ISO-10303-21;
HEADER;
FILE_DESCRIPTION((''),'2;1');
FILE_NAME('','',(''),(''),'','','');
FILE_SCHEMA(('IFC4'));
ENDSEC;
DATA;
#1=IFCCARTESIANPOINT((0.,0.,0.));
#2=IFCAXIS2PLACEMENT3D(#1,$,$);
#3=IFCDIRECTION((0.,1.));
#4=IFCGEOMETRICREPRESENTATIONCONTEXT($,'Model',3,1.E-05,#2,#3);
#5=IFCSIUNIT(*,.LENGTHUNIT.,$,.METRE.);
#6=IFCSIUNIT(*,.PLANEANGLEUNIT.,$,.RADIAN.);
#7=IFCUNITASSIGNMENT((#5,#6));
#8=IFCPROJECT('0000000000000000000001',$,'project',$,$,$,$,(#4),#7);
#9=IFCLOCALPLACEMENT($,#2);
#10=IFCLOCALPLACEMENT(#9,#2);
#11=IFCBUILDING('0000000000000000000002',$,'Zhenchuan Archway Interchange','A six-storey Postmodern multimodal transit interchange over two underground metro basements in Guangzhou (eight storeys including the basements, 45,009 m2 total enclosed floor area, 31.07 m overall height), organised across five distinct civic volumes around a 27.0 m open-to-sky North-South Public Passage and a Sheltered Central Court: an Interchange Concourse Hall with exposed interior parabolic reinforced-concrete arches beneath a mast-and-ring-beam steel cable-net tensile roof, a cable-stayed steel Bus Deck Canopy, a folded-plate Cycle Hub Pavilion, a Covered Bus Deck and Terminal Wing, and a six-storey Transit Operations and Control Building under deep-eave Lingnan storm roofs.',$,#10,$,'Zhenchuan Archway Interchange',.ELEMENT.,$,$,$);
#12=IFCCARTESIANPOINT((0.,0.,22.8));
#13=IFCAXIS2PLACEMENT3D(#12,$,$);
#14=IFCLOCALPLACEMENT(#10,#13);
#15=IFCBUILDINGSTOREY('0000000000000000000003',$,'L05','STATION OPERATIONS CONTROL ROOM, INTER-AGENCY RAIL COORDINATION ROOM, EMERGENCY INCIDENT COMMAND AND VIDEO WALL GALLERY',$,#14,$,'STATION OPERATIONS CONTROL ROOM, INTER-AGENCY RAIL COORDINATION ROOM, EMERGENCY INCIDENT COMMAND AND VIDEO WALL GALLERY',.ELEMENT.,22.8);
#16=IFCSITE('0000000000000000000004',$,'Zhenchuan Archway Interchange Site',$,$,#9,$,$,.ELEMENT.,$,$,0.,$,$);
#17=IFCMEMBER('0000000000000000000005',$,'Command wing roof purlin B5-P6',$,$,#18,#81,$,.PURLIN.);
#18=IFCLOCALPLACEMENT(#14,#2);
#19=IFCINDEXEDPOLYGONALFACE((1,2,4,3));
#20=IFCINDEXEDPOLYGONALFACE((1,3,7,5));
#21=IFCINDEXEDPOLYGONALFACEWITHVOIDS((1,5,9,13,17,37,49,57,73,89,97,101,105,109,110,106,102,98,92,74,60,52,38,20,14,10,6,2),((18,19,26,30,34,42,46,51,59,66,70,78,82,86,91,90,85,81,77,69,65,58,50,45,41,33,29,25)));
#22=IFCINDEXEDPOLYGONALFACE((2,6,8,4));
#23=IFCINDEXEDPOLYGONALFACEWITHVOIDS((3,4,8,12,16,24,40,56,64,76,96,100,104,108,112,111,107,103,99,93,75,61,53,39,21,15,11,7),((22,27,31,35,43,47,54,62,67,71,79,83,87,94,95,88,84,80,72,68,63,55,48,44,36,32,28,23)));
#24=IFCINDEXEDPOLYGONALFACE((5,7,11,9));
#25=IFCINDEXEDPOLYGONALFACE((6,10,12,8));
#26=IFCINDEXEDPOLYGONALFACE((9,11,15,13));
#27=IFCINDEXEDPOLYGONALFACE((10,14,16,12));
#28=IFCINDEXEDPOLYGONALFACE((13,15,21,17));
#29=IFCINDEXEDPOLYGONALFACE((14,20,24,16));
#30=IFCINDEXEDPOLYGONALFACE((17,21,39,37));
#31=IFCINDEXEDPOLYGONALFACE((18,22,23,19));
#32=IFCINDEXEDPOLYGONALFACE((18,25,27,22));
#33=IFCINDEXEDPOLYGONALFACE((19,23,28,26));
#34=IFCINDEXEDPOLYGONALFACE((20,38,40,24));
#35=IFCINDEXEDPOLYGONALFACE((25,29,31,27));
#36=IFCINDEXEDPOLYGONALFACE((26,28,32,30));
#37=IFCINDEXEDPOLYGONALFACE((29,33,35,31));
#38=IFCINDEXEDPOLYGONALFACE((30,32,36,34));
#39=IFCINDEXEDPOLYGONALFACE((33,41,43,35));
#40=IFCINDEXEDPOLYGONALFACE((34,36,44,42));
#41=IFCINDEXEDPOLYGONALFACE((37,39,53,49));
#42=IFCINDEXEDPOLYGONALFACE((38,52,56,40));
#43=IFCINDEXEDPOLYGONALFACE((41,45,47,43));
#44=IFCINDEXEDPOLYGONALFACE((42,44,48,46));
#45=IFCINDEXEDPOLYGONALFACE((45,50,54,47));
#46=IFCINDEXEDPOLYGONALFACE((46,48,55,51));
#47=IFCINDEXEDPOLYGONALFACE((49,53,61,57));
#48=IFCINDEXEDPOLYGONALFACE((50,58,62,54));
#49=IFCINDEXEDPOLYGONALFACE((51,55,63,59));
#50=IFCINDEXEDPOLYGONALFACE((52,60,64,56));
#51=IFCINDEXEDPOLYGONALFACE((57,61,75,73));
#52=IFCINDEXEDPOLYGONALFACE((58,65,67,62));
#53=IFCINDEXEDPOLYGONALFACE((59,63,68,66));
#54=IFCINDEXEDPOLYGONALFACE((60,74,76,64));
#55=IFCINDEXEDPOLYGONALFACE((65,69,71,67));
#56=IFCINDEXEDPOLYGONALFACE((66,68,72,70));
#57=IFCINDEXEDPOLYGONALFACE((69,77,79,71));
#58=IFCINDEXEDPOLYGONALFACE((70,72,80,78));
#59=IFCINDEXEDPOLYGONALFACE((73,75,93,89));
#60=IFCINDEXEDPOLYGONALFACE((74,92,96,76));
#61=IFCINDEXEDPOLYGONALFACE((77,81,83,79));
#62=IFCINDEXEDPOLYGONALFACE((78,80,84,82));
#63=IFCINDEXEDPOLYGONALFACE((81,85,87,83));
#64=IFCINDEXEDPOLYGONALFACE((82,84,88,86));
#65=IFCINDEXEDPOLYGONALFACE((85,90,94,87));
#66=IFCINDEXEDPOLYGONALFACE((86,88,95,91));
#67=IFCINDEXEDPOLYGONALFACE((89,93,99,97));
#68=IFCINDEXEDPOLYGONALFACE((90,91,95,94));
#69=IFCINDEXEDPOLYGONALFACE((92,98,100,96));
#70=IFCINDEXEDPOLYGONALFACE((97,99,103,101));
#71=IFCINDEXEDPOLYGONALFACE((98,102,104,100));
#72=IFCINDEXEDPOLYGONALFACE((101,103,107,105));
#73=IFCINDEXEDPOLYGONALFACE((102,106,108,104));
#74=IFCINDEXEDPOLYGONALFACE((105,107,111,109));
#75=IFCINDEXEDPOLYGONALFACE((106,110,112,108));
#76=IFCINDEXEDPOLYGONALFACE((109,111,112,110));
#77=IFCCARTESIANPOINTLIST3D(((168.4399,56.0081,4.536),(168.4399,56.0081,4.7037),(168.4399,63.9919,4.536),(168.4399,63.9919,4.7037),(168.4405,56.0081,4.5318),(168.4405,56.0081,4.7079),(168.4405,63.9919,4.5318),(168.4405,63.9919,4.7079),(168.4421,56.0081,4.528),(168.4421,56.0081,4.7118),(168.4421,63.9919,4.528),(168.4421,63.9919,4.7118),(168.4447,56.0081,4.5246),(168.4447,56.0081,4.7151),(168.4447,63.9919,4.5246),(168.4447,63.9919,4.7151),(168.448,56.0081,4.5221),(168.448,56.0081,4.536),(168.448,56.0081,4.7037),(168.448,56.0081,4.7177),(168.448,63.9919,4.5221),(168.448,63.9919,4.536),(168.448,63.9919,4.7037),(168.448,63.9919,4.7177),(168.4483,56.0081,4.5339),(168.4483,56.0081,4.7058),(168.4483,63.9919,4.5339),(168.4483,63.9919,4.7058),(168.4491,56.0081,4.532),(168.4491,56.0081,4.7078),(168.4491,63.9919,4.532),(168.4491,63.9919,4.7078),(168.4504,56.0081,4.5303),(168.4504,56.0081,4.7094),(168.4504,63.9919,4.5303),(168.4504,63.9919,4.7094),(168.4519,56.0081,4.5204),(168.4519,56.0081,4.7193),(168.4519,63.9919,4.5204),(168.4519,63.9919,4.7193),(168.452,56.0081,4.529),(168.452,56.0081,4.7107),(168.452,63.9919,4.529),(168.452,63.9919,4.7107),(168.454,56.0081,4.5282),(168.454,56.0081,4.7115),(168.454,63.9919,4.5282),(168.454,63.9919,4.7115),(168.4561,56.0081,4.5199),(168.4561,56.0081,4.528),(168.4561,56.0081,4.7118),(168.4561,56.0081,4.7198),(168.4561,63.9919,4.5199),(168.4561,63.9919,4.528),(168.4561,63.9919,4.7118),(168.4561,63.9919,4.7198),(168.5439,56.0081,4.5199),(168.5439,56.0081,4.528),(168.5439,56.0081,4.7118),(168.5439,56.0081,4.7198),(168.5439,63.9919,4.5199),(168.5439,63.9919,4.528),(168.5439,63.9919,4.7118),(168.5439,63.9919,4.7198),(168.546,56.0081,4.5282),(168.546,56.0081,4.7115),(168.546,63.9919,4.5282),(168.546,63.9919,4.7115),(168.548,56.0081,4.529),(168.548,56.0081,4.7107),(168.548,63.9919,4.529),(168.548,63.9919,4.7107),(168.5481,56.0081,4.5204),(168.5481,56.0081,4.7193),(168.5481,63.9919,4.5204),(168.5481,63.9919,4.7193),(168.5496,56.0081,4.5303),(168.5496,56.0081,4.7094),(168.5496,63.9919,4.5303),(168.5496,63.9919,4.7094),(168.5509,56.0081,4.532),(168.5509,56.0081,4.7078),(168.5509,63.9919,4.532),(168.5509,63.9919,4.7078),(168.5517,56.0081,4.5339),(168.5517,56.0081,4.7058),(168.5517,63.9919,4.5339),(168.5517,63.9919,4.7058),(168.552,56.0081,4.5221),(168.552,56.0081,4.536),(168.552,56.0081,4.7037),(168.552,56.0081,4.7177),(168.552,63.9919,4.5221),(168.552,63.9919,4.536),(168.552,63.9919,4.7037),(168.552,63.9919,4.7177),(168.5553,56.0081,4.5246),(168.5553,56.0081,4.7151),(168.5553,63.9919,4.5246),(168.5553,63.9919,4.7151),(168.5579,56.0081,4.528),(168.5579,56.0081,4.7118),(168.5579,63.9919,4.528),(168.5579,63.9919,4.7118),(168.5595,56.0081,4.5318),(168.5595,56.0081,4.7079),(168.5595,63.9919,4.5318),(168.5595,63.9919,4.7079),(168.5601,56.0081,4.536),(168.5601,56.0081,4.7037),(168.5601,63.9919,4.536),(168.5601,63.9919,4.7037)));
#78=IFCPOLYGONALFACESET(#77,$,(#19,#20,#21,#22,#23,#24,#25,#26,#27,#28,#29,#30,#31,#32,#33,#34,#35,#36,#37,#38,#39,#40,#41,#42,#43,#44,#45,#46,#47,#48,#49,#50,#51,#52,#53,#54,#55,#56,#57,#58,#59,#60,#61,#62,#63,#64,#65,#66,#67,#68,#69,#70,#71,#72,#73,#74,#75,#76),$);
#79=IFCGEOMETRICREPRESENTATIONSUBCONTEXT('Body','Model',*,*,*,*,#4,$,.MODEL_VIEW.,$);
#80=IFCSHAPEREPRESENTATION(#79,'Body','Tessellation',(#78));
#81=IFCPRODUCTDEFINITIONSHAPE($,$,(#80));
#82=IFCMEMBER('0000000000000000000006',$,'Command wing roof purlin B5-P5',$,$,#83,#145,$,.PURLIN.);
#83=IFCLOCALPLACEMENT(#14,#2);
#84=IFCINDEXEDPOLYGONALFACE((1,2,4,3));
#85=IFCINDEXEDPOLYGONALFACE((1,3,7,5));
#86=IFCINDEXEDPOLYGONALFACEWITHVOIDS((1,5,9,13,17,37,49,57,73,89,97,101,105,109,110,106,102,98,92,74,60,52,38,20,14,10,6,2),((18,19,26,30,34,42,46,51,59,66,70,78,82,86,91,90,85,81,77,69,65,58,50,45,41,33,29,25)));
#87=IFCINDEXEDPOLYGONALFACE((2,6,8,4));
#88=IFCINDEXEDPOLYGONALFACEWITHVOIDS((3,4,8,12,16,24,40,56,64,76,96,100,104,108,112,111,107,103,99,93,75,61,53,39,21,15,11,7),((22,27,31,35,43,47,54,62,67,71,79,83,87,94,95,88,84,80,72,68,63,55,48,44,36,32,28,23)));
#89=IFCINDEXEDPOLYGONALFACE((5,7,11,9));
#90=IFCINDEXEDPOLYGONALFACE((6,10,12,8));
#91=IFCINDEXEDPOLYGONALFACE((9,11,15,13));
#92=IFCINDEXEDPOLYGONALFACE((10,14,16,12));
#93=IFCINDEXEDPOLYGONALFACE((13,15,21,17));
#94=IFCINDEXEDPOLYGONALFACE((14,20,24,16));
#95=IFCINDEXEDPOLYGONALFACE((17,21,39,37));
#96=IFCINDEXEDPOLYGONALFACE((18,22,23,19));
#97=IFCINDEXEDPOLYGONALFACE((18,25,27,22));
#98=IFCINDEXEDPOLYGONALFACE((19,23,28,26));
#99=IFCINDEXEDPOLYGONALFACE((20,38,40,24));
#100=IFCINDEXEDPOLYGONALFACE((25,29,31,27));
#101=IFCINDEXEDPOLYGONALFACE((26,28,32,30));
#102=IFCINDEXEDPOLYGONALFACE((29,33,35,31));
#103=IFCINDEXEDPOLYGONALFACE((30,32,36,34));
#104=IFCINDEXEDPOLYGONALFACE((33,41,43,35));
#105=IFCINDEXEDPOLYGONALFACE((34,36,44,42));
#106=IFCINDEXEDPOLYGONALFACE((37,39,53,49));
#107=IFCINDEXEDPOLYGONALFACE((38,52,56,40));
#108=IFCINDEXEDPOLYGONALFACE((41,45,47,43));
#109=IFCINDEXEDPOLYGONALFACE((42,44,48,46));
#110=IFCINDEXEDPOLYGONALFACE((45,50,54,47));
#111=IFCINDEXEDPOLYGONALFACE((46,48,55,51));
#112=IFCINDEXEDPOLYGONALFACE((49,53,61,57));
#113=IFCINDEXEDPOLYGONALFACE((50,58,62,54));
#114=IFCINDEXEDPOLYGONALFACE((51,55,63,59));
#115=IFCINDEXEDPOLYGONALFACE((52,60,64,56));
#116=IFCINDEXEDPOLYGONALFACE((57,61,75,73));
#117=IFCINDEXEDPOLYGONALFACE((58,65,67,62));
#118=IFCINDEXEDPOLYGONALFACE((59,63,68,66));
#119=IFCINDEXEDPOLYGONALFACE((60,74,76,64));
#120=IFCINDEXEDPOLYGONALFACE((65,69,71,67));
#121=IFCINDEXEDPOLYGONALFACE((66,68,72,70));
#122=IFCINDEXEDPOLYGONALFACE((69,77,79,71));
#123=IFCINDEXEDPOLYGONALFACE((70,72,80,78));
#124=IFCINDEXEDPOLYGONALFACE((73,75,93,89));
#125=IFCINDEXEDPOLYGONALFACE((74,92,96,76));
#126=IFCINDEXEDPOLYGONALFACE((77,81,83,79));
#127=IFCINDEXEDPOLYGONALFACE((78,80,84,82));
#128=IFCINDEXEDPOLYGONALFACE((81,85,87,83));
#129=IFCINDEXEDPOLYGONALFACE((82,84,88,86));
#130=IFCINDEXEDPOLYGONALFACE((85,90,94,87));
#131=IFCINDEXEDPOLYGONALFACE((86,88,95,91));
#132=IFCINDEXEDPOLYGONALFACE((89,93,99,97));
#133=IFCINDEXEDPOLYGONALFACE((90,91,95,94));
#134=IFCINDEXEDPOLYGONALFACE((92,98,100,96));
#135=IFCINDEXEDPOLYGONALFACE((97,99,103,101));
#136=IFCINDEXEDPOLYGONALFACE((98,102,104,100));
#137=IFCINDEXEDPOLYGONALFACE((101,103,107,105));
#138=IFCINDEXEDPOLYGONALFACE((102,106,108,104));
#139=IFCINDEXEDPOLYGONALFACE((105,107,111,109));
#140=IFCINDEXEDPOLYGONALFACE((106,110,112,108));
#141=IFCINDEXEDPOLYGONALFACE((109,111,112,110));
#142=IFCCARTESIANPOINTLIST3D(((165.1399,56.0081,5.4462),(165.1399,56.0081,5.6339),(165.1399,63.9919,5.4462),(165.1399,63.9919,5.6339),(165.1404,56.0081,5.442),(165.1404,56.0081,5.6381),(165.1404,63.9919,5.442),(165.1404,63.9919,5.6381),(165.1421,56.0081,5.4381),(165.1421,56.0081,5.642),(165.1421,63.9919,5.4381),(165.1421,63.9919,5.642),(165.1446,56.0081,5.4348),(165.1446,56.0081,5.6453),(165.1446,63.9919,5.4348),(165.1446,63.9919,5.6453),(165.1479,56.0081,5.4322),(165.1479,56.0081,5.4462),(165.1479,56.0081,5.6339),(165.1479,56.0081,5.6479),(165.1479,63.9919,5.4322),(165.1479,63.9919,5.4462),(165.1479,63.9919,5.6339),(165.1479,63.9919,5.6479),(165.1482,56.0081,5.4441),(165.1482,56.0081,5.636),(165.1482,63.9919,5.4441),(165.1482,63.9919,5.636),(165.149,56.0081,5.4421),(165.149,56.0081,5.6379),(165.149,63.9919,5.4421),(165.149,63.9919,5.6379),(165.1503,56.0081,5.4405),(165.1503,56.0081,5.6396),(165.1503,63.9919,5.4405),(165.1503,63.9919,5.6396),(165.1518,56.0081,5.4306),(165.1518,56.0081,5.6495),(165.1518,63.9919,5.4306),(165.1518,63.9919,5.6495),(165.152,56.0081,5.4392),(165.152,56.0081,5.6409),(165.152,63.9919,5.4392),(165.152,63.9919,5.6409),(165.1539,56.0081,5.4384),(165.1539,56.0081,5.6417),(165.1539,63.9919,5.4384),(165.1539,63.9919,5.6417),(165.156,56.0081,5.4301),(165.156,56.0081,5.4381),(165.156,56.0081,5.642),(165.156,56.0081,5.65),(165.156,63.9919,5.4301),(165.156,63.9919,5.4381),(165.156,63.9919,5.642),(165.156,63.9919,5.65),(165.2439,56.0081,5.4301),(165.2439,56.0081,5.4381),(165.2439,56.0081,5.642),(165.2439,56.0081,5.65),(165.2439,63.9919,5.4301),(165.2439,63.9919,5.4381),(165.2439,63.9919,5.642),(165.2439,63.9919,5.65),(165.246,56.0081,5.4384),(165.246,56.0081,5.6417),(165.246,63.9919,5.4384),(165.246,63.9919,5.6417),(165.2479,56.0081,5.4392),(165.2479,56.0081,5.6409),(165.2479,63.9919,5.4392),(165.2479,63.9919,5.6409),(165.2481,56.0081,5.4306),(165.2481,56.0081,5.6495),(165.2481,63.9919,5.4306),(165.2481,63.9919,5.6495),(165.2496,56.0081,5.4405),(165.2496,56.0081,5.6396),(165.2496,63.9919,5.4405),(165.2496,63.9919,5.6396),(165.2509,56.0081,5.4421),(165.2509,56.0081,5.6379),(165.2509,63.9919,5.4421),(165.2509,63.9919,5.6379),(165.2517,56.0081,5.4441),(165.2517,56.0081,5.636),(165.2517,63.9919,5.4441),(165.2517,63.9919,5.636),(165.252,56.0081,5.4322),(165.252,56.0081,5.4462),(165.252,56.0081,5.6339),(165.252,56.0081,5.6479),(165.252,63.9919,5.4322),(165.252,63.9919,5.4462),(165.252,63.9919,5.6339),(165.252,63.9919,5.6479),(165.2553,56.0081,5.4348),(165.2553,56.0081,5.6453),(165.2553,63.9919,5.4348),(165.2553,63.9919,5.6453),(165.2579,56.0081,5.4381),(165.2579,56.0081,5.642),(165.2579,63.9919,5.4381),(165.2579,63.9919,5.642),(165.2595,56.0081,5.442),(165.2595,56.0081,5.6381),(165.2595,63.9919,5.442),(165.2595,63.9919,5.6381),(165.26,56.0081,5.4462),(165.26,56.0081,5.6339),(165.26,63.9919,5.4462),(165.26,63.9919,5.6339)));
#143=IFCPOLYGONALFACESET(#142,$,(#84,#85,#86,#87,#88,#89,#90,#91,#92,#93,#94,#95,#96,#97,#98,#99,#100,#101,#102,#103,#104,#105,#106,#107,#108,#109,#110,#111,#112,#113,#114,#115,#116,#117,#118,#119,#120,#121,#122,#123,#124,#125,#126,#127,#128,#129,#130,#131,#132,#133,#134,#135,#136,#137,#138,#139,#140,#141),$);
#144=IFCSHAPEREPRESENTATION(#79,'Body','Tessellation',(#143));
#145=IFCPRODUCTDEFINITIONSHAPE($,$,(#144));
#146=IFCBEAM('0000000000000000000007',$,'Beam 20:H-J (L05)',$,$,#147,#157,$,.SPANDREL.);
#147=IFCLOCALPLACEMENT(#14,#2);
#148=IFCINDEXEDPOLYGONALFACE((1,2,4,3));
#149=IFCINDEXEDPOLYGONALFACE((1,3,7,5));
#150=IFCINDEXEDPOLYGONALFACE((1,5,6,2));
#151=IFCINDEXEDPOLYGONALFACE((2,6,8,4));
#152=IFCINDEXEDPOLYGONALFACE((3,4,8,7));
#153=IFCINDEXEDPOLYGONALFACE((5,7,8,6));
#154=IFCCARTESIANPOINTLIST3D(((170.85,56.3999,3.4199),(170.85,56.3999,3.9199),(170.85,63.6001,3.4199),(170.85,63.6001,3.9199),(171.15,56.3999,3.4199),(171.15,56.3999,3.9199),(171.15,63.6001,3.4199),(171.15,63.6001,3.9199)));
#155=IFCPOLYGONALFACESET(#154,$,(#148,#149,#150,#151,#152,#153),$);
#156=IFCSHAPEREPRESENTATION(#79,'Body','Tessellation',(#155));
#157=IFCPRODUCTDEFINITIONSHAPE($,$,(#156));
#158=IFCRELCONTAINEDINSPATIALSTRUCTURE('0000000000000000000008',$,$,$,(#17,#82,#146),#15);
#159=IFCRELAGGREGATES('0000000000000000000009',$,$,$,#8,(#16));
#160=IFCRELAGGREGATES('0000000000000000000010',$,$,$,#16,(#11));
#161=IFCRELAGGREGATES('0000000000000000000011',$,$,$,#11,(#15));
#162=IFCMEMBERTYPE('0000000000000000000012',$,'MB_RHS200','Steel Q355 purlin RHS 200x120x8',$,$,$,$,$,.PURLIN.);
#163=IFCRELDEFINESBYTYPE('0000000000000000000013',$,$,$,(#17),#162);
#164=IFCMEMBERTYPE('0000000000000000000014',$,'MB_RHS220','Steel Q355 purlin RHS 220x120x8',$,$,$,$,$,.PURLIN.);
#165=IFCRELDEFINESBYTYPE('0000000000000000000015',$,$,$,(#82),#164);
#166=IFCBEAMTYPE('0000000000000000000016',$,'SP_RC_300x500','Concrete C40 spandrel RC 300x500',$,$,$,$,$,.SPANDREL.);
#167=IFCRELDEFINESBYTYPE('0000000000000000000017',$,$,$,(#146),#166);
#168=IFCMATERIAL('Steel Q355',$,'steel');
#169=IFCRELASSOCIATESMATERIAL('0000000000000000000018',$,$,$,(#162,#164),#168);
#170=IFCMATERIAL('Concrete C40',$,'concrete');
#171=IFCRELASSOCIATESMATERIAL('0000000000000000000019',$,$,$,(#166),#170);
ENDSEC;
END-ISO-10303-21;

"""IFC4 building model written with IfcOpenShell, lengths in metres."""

from ifc_helpers import new_model, si_unit, direction, frame, origin, origin_2d, place, context, subcontext, project, spatial, rectangle, hollow_rectangle, extrude, material, material_profile, profile_set, type_object, element, save


model = new_model("IFC4")

# Units and contexts
model_context = context("Model", 3, precision=1e-05, world=origin(), true_north=direction((0.0, 1.0)))
body_context = subcontext(model_context, "Body", "Model", "MODEL_VIEW")
ifc_project = project(units=[si_unit("LENGTHUNIT", "METRE"), si_unit("PLANEANGLEUNIT", "RADIAN")], contexts=[model_context])

# Site, building, storey
site_placement = place(None, origin())
site = spatial("IfcSite", under=ifc_project, at=site_placement, Name="Zhenchuan Archway Interchange Site", CompositionType="ELEMENT", RefElevation=0.0)
building_placement = place(site_placement, origin())
building = spatial("IfcBuilding", under=site, at=building_placement, Name="Zhenchuan Archway Interchange", Description="A six-storey Postmodern multimodal transit interchange over two underground metro basements in Guangzhou (eight storeys including the basements, 45,009 m2 total enclosed floor area, 31.07 m overall height), organised across five distinct civic volumes around a 27.0 m open-to-sky North-South Public Passage and a Sheltered Central Court: an Interchange Concourse Hall with exposed interior parabolic reinforced-concrete arches beneath a mast-and-ring-beam steel cable-net tensile roof, a cable-stayed steel Bus Deck Canopy, a folded-plate Cycle Hub Pavilion, a Covered Bus Deck and Terminal Wing, and a six-storey Transit Operations and Control Building under deep-eave Lingnan storm roofs.", LongName="Zhenchuan Archway Interchange", CompositionType="ELEMENT")
storey_placement = place(building_placement, frame((0.0, 0.0, 22.8)))
storey = spatial("IfcBuildingStorey", under=building, at=storey_placement, Name="L05", Description="STATION OPERATIONS CONTROL ROOM, INTER-AGENCY RAIL COORDINATION ROOM, EMERGENCY INCIDENT COMMAND AND VIDEO WALL GALLERY", LongName="STATION OPERATIONS CONTROL ROOM, INTER-AGENCY RAIL COORDINATION ROOM, EMERGENCY INCIDENT COMMAND AND VIDEO WALL GALLERY", CompositionType="ELEMENT", Elevation=22.8)

# Shared definitions
ifc_material_1 = material(Name="Concrete C40", Category="concrete")

# Shared definitions
ifc_material_2 = material(Name="Steel Q355", Category="steel")

# Members
ifc_material_profile_1 = material_profile(ifc_material_2, hollow_rectangle(XDim=0.1201, YDim=0.2, WallThickness=0.0081, InnerFilletRadius=0.0081, OuterFilletRadius=0.0161, at=origin_2d()), Name="RHS 200x120x8")
ifc_profile_set_1 = profile_set([ifc_material_profile_1], Name="Steel Q355")
member_type_1 = type_object("IfcMemberType", Name="MB_RHS200", Description="Steel Q355 purlin RHS 200x120x8", PredefinedType="PURLIN", material=ifc_profile_set_1)
member_1_placement = place(storey_placement, frame((168.5, 56.0081, 4.6199), z_axis=(0.0, 1.0, 0.0), x_axis=(-1.0, 0.0, 0.0)))
element("IfcMember", 1, at=member_1_placement, inside=storey, type_object=member_type_1, Name="Command wing roof purlin B5-P6", PredefinedType="PURLIN", context=body_context, shape_type="SweptSolid", body=[
    extrude(hollow_rectangle(XDim=0.1201, YDim=0.2, WallThickness=0.0081, InnerFilletRadius=0.0081, OuterFilletRadius=0.0161, at=origin_2d()), origin(), (0.0, 0.0, 1.0), 7.9839),
])
ifc_material_profile_2 = material_profile(ifc_material_2, hollow_rectangle(XDim=0.1201, YDim=0.22, WallThickness=0.0081, InnerFilletRadius=0.0081, OuterFilletRadius=0.0161, at=origin_2d()), Name="RHS 220x120x8")
ifc_profile_set_2 = profile_set([ifc_material_profile_2], Name="Steel Q355")
member_type_2 = type_object("IfcMemberType", Name="MB_RHS220", Description="Steel Q355 purlin RHS 220x120x8", PredefinedType="PURLIN", material=ifc_profile_set_2)
member_2_placement = place(storey_placement, frame((165.2, 56.0081, 5.54), z_axis=(0.0, 1.0, 0.0), x_axis=(-1.0, 0.0, 0.0)))
element("IfcMember", 2, at=member_2_placement, inside=storey, type_object=member_type_2, Name="Command wing roof purlin B5-P5", PredefinedType="PURLIN", context=body_context, shape_type="SweptSolid", body=[
    extrude(hollow_rectangle(XDim=0.1201, YDim=0.22, WallThickness=0.0081, InnerFilletRadius=0.0081, OuterFilletRadius=0.0161, at=origin_2d()), origin(), (0.0, 0.0, 1.0), 7.9839),
])

# Beam
ifc_material_profile_3 = material_profile(ifc_material_1, rectangle(XDim=0.3, YDim=0.5, at=origin_2d()), Name="RC 300x500")
ifc_profile_set_3 = profile_set([ifc_material_profile_3], Name="Concrete C40")
beam_type_1 = type_object("IfcBeamType", Name="SP_RC_300x500", Description="Concrete C40 spandrel RC 300x500", PredefinedType="SPANDREL", material=ifc_profile_set_3)
beam_1_placement = place(storey_placement, frame((171.0, 56.3999, 3.6699), z_axis=(0.0, 1.0, 0.0), x_axis=(-1.0, 0.0, 0.0)))
element("IfcBeam", 3, at=beam_1_placement, inside=storey, type_object=beam_type_1, Name="Beam 20:H-J (L05)", PredefinedType="SPANDREL", context=body_context, shape_type="SweptSolid", body=[
    extrude(rectangle(XDim=0.3, YDim=0.5, at=origin_2d()), origin(), (0.0, 0.0, 1.0), 7.2002),
])

save(model, "model.ifc")
